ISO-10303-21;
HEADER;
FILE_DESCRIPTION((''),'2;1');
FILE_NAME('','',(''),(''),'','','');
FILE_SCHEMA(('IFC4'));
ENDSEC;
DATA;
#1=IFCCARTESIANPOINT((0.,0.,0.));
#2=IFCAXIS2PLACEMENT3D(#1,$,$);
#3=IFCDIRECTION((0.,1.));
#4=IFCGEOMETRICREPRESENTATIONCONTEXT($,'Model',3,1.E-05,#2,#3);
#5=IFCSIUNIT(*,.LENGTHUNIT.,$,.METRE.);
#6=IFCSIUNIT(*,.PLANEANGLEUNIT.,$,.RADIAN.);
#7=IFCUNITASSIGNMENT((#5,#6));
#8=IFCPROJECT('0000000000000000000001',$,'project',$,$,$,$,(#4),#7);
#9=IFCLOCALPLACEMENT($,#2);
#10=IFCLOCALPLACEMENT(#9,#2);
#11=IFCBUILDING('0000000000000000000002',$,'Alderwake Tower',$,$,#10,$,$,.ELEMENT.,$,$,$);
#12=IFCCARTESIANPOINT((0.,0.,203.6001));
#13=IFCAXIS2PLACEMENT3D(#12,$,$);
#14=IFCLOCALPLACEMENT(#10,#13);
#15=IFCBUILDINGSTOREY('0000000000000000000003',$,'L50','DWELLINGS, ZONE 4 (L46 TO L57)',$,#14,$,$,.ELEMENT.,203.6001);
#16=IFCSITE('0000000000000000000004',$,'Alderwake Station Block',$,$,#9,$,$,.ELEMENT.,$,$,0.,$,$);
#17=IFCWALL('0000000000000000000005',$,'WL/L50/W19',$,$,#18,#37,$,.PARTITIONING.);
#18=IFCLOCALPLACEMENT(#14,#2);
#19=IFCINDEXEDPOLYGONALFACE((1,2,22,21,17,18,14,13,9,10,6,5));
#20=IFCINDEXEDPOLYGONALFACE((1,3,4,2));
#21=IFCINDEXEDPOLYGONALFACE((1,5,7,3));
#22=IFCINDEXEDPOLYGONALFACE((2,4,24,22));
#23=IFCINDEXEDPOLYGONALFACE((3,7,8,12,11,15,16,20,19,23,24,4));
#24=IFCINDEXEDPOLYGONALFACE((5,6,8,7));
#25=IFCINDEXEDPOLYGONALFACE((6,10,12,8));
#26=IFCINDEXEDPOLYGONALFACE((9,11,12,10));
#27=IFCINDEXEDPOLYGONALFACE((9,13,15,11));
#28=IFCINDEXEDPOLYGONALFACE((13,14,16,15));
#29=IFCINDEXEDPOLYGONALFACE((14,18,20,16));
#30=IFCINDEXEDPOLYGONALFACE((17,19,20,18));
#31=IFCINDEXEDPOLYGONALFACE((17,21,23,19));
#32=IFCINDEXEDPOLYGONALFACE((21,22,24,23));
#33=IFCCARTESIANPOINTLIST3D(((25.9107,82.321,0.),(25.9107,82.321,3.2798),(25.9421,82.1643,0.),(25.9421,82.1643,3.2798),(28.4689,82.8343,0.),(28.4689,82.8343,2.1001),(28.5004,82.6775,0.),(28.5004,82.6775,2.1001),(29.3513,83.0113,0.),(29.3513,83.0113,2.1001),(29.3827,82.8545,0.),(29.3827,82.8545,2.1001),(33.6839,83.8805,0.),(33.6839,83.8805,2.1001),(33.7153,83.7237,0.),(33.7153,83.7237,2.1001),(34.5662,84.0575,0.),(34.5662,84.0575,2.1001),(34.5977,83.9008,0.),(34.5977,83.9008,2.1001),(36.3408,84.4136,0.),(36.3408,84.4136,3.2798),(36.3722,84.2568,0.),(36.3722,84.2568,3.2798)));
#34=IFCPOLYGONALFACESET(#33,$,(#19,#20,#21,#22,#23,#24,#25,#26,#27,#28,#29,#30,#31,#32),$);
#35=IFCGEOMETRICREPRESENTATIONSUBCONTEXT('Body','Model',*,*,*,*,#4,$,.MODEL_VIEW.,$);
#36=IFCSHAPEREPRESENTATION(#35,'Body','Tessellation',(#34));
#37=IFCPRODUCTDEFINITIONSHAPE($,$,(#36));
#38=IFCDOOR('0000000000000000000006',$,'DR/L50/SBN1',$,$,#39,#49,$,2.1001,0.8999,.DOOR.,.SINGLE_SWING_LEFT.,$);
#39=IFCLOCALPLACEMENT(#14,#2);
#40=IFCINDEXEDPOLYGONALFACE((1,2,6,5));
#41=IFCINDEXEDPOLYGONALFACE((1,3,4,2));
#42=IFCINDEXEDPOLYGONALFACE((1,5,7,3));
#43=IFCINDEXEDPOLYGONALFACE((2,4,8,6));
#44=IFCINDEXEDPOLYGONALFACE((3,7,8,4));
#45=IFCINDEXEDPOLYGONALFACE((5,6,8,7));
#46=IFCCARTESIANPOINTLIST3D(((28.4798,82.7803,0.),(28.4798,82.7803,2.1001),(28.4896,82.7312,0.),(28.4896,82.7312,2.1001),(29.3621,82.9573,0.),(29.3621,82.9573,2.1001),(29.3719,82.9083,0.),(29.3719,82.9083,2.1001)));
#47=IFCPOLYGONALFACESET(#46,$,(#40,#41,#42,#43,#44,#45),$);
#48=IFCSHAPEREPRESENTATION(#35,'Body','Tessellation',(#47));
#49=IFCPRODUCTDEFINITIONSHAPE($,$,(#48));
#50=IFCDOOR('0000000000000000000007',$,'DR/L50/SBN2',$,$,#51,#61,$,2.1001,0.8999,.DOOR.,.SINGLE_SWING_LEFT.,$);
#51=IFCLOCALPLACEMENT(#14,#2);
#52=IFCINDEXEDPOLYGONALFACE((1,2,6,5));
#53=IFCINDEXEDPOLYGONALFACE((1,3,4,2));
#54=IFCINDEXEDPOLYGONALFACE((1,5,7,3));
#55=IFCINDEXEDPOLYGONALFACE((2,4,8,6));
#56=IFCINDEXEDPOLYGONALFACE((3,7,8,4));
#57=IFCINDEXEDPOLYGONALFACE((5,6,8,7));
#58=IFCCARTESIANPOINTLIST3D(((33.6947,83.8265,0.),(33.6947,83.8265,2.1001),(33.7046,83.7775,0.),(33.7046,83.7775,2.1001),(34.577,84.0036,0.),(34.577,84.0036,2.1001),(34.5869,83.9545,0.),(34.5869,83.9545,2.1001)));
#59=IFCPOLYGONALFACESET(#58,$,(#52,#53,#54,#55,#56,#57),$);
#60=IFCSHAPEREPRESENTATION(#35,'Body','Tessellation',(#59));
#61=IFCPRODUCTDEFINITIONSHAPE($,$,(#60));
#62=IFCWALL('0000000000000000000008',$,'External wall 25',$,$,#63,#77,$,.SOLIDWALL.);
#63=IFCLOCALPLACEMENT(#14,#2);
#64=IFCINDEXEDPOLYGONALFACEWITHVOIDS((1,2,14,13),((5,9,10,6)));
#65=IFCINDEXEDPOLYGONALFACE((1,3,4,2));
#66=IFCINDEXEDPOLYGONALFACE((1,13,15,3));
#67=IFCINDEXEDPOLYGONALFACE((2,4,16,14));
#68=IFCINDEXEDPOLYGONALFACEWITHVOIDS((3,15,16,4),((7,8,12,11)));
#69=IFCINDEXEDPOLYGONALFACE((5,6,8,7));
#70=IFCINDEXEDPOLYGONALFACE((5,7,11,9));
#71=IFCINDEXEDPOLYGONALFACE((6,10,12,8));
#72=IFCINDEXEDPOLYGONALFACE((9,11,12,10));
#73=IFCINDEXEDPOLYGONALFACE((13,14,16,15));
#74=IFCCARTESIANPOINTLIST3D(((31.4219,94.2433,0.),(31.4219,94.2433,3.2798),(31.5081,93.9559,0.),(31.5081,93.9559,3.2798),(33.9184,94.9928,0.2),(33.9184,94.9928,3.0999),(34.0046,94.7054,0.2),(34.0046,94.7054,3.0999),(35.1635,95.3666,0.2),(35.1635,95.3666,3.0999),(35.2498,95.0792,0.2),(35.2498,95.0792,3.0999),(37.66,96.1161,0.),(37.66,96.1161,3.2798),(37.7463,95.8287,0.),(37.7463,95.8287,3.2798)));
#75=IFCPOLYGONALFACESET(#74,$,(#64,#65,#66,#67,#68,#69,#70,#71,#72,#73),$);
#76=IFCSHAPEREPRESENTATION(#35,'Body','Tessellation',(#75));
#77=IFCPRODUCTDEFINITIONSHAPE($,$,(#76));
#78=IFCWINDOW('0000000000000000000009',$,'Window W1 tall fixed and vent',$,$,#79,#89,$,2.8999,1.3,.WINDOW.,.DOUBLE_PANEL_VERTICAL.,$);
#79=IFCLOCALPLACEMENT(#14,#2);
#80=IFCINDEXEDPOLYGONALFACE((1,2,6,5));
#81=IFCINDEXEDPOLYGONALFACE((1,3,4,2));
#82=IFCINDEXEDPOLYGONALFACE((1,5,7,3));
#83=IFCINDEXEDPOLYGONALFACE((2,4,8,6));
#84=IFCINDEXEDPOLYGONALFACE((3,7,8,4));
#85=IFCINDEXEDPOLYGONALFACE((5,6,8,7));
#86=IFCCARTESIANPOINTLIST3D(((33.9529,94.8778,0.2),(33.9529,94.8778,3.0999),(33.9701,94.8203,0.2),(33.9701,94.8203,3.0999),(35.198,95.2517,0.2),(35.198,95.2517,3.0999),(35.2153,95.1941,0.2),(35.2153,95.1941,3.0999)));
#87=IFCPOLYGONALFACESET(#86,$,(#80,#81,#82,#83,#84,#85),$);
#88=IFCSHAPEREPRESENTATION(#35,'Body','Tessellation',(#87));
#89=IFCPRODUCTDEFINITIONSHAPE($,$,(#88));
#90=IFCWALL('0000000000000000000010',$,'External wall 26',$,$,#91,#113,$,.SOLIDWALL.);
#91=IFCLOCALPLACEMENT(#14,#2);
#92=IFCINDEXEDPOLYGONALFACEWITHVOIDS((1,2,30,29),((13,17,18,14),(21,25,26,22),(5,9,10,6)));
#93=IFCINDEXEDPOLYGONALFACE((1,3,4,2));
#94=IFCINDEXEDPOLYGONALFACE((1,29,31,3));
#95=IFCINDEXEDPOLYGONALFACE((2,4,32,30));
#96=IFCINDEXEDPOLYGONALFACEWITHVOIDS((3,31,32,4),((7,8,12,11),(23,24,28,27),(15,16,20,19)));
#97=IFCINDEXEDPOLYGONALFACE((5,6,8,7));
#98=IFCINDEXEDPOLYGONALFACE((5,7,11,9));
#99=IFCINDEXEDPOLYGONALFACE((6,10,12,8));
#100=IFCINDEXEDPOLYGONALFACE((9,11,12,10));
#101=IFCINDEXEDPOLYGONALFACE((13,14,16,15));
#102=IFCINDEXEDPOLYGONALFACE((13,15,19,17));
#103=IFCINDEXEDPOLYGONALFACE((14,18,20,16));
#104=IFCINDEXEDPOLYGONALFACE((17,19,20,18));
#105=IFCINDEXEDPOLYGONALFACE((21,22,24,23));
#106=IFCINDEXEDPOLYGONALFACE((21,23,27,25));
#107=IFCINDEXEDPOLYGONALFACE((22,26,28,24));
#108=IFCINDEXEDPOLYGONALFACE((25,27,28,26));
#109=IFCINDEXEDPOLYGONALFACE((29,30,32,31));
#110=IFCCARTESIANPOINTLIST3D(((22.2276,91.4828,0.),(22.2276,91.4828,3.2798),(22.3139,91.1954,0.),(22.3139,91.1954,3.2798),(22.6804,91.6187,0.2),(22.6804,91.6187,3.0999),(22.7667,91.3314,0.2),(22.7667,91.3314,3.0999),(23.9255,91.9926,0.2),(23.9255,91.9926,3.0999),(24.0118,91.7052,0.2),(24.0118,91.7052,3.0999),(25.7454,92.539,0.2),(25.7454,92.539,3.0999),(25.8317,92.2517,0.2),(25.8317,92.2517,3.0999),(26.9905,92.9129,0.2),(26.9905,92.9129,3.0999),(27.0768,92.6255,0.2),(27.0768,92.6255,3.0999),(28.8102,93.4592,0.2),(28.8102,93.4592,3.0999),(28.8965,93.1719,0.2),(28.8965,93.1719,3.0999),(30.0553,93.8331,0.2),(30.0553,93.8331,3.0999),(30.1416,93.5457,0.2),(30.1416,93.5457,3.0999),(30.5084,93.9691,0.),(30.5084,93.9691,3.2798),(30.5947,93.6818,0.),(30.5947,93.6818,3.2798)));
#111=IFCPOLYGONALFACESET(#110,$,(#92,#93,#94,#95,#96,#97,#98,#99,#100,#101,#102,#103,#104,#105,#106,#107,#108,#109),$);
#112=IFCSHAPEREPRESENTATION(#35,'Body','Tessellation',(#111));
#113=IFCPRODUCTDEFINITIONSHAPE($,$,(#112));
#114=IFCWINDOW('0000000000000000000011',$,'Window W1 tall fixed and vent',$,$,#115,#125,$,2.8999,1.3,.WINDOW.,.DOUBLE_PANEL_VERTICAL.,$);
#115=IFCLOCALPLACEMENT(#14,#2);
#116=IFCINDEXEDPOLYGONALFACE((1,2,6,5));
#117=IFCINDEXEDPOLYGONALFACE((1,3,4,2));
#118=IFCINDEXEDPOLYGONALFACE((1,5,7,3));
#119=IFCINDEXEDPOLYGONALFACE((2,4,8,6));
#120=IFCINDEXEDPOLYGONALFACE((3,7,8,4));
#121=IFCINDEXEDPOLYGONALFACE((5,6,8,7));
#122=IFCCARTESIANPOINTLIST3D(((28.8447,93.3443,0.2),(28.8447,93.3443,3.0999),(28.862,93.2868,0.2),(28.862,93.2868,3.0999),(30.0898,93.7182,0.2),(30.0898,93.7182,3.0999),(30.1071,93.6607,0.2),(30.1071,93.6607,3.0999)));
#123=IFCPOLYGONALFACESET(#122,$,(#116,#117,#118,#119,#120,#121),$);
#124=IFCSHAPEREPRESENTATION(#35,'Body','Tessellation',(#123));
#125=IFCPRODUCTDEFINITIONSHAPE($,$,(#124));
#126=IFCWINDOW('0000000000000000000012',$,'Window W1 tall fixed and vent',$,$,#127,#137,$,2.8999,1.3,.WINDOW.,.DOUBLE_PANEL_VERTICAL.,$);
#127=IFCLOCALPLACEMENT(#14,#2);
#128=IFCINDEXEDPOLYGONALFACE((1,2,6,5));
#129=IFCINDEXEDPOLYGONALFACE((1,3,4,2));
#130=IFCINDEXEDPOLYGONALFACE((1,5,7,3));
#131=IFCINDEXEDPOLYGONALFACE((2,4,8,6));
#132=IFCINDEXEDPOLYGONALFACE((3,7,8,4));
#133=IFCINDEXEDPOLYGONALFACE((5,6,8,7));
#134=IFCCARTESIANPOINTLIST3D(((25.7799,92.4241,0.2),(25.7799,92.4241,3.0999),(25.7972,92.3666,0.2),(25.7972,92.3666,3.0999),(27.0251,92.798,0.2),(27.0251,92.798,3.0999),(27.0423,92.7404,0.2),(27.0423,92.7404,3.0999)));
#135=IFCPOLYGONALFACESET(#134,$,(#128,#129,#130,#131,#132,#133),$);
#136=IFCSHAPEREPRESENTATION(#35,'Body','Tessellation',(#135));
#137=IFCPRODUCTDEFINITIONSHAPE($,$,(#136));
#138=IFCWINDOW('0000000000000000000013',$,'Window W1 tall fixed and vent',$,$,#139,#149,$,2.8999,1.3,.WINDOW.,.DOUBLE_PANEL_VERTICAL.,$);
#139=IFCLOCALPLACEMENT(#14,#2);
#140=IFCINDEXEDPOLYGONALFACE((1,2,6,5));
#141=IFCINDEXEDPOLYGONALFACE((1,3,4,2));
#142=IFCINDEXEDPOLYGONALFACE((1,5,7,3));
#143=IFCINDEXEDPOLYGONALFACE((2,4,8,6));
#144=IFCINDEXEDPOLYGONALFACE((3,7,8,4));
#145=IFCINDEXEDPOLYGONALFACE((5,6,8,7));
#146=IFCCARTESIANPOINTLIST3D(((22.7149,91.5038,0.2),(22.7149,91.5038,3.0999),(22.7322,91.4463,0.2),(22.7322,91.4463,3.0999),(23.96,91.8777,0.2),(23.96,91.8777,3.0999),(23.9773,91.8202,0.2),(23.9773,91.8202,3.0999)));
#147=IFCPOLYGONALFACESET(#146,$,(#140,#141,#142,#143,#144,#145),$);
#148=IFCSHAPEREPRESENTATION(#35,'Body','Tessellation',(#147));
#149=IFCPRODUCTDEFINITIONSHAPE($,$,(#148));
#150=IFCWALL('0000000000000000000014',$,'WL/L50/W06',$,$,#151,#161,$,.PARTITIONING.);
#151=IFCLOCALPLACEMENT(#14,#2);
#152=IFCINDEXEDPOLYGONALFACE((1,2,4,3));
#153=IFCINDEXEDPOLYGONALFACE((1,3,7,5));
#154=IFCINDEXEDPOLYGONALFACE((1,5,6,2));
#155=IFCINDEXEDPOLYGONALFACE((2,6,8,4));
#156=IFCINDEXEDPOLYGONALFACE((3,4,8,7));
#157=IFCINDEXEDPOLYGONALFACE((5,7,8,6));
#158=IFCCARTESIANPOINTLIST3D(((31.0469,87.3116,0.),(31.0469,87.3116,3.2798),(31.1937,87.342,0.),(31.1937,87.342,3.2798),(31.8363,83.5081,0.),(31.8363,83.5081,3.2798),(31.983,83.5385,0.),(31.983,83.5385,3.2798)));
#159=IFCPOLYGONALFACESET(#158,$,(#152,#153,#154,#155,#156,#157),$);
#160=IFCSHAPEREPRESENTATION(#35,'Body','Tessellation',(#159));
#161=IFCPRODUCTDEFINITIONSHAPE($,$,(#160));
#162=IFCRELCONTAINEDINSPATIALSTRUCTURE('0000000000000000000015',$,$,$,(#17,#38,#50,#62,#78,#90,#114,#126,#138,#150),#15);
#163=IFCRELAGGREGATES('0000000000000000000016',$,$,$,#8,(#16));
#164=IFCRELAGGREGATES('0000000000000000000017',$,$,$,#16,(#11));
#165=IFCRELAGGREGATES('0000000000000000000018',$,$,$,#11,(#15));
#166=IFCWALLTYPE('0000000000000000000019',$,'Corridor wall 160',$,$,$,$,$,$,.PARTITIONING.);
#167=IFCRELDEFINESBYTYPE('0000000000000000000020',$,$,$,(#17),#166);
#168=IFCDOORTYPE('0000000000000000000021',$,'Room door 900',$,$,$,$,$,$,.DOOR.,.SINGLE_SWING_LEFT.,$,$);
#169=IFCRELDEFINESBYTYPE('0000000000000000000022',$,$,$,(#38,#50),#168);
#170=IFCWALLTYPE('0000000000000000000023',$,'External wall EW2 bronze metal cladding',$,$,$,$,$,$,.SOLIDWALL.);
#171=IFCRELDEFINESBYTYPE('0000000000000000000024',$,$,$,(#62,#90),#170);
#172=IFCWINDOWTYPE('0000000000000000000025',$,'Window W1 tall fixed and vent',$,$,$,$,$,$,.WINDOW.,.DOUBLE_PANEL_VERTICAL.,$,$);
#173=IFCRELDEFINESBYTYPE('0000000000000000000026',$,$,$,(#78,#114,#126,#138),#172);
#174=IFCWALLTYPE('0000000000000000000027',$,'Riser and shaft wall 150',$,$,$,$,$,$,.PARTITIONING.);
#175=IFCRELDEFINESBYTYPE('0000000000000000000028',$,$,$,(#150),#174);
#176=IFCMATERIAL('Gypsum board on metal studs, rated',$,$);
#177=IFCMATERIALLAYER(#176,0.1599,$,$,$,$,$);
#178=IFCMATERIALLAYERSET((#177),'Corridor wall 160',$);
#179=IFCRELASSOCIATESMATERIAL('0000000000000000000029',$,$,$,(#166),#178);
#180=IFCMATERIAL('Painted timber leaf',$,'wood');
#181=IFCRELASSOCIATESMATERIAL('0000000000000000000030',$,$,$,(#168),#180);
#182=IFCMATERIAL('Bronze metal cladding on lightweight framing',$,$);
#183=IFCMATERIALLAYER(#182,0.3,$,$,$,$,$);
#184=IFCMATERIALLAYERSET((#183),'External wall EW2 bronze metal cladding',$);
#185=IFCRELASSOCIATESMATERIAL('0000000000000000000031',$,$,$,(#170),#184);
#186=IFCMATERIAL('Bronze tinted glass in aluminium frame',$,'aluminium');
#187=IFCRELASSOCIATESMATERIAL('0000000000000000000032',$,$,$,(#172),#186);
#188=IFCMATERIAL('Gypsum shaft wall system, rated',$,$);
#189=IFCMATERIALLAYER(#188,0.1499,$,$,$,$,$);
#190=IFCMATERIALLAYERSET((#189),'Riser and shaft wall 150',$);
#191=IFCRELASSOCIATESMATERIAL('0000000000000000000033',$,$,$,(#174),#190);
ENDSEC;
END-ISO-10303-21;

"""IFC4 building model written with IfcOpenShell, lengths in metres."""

from ifc_helpers import new_model, si_unit, direction, frame, frame_2d, origin, place, context, subcontext, project, spatial, rectangle, extrude, material, layer, layer_set, type_object, element, fill, save


model = new_model("IFC4")

# Units and contexts
model_context = context("Model", 3, precision=1e-05, world=origin(), true_north=direction((0.0, 1.0)))
body_context = subcontext(model_context, "Body", "Model", "MODEL_VIEW")
ifc_project = project(units=[si_unit("LENGTHUNIT", "METRE"), si_unit("PLANEANGLEUNIT", "RADIAN")], contexts=[model_context])

# Site, building, storey
site_placement = place(None, origin())
site = spatial("IfcSite", under=ifc_project, at=site_placement, Name="Alderwake Station Block", CompositionType="ELEMENT", RefElevation=0.0)
building_placement = place(site_placement, origin())
building = spatial("IfcBuilding", under=site, at=building_placement, Name="Alderwake Tower", CompositionType="ELEMENT")
storey_placement = place(building_placement, frame((0.0, 0.0, 203.6001)))
storey = spatial("IfcBuildingStorey", under=building, at=storey_placement, Name="L50", Description="DWELLINGS, ZONE 4 (L46 TO L57)", CompositionType="ELEMENT", Elevation=203.6001)

# Shared definitions
ifc_material_1 = material(Name="Gypsum board on metal studs, rated")
ifc_layer_1 = layer(ifc_material_1, 0.1599)
ifc_layer_set_1 = layer_set([ifc_layer_1], Name="Corridor wall 160")
wall_type_1 = type_object("IfcWallType", Name="Corridor wall 160", PredefinedType="PARTITIONING", material=ifc_layer_set_1)

# Wall, openings, doors
wall_1_placement = place(storey_placement, frame((25.9265, 82.2427, 0.0), z_axis=(0.0, 0.0, 1.0), x_axis=(0.980463, 0.196703, 0.0)))
wall_1 = element("IfcWall", 1, at=wall_1_placement, inside=storey, type_object=wall_type_1, Name="WL/L50/W19", PredefinedType="PARTITIONING", context=body_context, shape_type="SweptSolid", body=[
    extrude(rectangle(XDim=10.6379, YDim=0.1599, at=frame_2d((5.3188, 0.0))), origin(), (0.0, 0.0, 1.0), 3.2798),
])
opening_1_placement = place(wall_1_placement, frame((2.6091, 0.0, 0.0)))
opening_1 = element("IfcOpeningElement", 2, at=opening_1_placement, cuts=wall_1, PredefinedType="OPENING", context=body_context, shape_type="SweptSolid", body=[
    extrude(rectangle(XDim=0.8999, YDim=2.1001, at=frame_2d((0.45, 1.05))), frame((0.0, 0.0898, 0.0), z_axis=(0.0, -1.0, 0.0), x_axis=(1.0, 0.0, 0.0)), (0.0, 0.0, 1.0), 0.1799),
])
opening_2_placement = place(wall_1_placement, frame((7.928, 0.0, 0.0)))
opening_2 = element("IfcOpeningElement", 3, at=opening_2_placement, cuts=wall_1, PredefinedType="OPENING", context=body_context, shape_type="SweptSolid", body=[
    extrude(rectangle(XDim=0.8999, YDim=2.1001, at=frame_2d((0.45, 1.05))), frame((0.0, 0.0898, 0.0), z_axis=(0.0, -1.0, 0.0), x_axis=(1.0, 0.0, 0.0)), (0.0, 0.0, 1.0), 0.1799),
])
ifc_material_2 = material(Name="Painted timber leaf", Category="wood")
door_type_1 = type_object("IfcDoorType", Name="Room door 900", OperationType="SINGLE_SWING_LEFT", PredefinedType="DOOR", material=ifc_material_2)
door_1_placement = place(opening_1_placement, origin())
door_1 = element("IfcDoor", 4, at=door_1_placement, inside=storey, type_object=door_type_1, Name="DR/L50/SBN1", OperationType="SINGLE_SWING_LEFT", OverallHeight=2.1001, OverallWidth=0.8999, PredefinedType="DOOR", context=body_context, shape_type="SweptSolid", body=[
    extrude(rectangle(XDim=0.8999, YDim=2.1001, at=frame_2d((0.45, 1.05))), frame((0.0, 0.0249, 0.0), z_axis=(0.0, -1.0, 0.0), x_axis=(1.0, 0.0, 0.0)), (0.0, 0.0, 1.0), 0.05),
])
fill(opening_1, door_1)
door_2_placement = place(opening_2_placement, origin())
door_2 = element("IfcDoor", 5, at=door_2_placement, inside=storey, type_object=door_type_1, Name="DR/L50/SBN2", OperationType="SINGLE_SWING_LEFT", OverallHeight=2.1001, OverallWidth=0.8999, PredefinedType="DOOR", context=body_context, shape_type="SweptSolid", body=[
    extrude(rectangle(XDim=0.8999, YDim=2.1001, at=frame_2d((0.45, 1.05))), frame((0.0, 0.0249, 0.0), z_axis=(0.0, -1.0, 0.0), x_axis=(1.0, 0.0, 0.0)), (0.0, 0.0, 1.0), 0.05),
])
fill(opening_2, door_2)

# Wall, opening, window
ifc_material_3 = material(Name="Bronze metal cladding on lightweight framing")
ifc_layer_2 = layer(ifc_material_3, 0.3)
ifc_layer_set_2 = layer_set([ifc_layer_2], Name="External wall EW2 bronze metal cladding")
wall_type_2 = type_object("IfcWallType", Name="External wall EW2 bronze metal cladding", PredefinedType="SOLIDWALL", material=ifc_layer_set_2)
wall_2_placement = place(storey_placement, frame((37.7031, 95.9724, 0.0), z_axis=(0.0, 0.0, 1.0), x_axis=(-0.957767, -0.287544, 0.0)))
wall_2 = element("IfcWall", 6, at=wall_2_placement, inside=storey, type_object=wall_type_2, Name="External wall 25", PredefinedType="SOLIDWALL", context=body_context, shape_type="SweptSolid", body=[
    extrude(rectangle(XDim=6.5132, YDim=0.3, at=frame_2d((3.2566, 0.0))), origin(), (0.0, 0.0, 1.0), 3.2798),
])
opening_3_placement = place(wall_2_placement, frame((2.6067, 0.0, 0.2)))
opening_3 = element("IfcOpeningElement", 7, at=opening_3_placement, cuts=wall_2, PredefinedType="OPENING", context=body_context, shape_type="SweptSolid", body=[
    extrude(rectangle(XDim=1.3, YDim=2.8999, at=frame_2d((0.6499, 1.45))), frame((0.0, 0.1599, 0.0), z_axis=(0.0, -1.0, 0.0), x_axis=(1.0, 0.0, 0.0)), (0.0, 0.0, 1.0), 0.3201),
])
ifc_material_4 = material(Name="Bronze tinted glass in aluminium frame", Category="aluminium")
window_type = type_object("IfcWindowType", Name="Window W1 tall fixed and vent", PartitioningType="DOUBLE_PANEL_VERTICAL", PredefinedType="WINDOW", material=ifc_material_4)
window_1_placement = place(opening_3_placement, origin())
window_1 = element("IfcWindow", 8, at=window_1_placement, inside=storey, type_object=window_type, Name="Window W1 tall fixed and vent", OverallHeight=2.8999, OverallWidth=1.3, PartitioningType="DOUBLE_PANEL_VERTICAL", PredefinedType="WINDOW", context=body_context, shape_type="SweptSolid", body=[
    extrude(rectangle(XDim=1.3, YDim=2.8999, at=frame_2d((0.6499, 1.45))), frame((0.0, 0.03, 0.0), z_axis=(0.0, -1.0, 0.0), x_axis=(1.0, 0.0, 0.0)), (0.0, 0.0, 1.0), 0.0601),
])
fill(opening_3, window_1)

# Wall, openings, windows
wall_3_placement = place(storey_placement, frame((30.5515, 93.8254, 0.0), z_axis=(0.0, 0.0, 1.0), x_axis=(-0.957759, -0.287571, 0.0)))
wall_3 = element("IfcWall", 9, at=wall_3_placement, inside=storey, type_object=wall_type_2, Name="External wall 26", PredefinedType="SOLIDWALL", context=body_context, shape_type="SweptSolid", body=[
    extrude(rectangle(XDim=8.646, YDim=0.3, at=frame_2d((4.323, 0.0))), origin(), (0.0, 0.0, 1.0), 3.2798),
])
opening_4_placement = place(wall_3_placement, frame((0.4731, 0.0, 0.2)))
opening_4 = element("IfcOpeningElement", 10, at=opening_4_placement, cuts=wall_3, PredefinedType="OPENING", context=body_context, shape_type="SweptSolid", body=[
    extrude(rectangle(XDim=1.3, YDim=2.8999, at=frame_2d((0.6499, 1.45))), frame((0.0, 0.1599, 0.0), z_axis=(0.0, -1.0, 0.0), x_axis=(1.0, 0.0, 0.0)), (0.0, 0.0, 1.0), 0.3201),
])
opening_5_placement = place(wall_3_placement, frame((3.6731, 0.0, 0.2)))
opening_5 = element("IfcOpeningElement", 11, at=opening_5_placement, cuts=wall_3, PredefinedType="OPENING", context=body_context, shape_type="SweptSolid", body=[
    extrude(rectangle(XDim=1.3, YDim=2.8999, at=frame_2d((0.6499, 1.45))), frame((0.0, 0.1599, 0.0), z_axis=(0.0, -1.0, 0.0), x_axis=(1.0, 0.0, 0.0)), (0.0, 0.0, 1.0), 0.3201),
])
opening_6_placement = place(wall_3_placement, frame((6.8733, 0.0, 0.2)))
opening_6 = element("IfcOpeningElement", 12, at=opening_6_placement, cuts=wall_3, PredefinedType="OPENING", context=body_context, shape_type="SweptSolid", body=[
    extrude(rectangle(XDim=1.3, YDim=2.8999, at=frame_2d((0.6499, 1.45))), frame((0.0, 0.1599, 0.0), z_axis=(0.0, -1.0, 0.0), x_axis=(1.0, 0.0, 0.0)), (0.0, 0.0, 1.0), 0.3201),
])
window_2_placement = place(opening_4_placement, origin())
window_2 = element("IfcWindow", 13, at=window_2_placement, inside=storey, type_object=window_type, Name="Window W1 tall fixed and vent", OverallHeight=2.8999, OverallWidth=1.3, PartitioningType="DOUBLE_PANEL_VERTICAL", PredefinedType="WINDOW", context=body_context, shape_type="SweptSolid", body=[
    extrude(rectangle(XDim=1.3, YDim=2.8999, at=frame_2d((0.6499, 1.45))), frame((0.0, 0.03, 0.0), z_axis=(0.0, -1.0, 0.0), x_axis=(1.0, 0.0, 0.0)), (0.0, 0.0, 1.0), 0.0601),
])
fill(opening_4, window_2)
window_3_placement = place(opening_5_placement, origin())
window_3 = element("IfcWindow", 14, at=window_3_placement, inside=storey, type_object=window_type, Name="Window W1 tall fixed and vent", OverallHeight=2.8999, OverallWidth=1.3, PartitioningType="DOUBLE_PANEL_VERTICAL", PredefinedType="WINDOW", context=body_context, shape_type="SweptSolid", body=[
    extrude(rectangle(XDim=1.3, YDim=2.8999, at=frame_2d((0.6499, 1.45))), frame((0.0, 0.03, 0.0), z_axis=(0.0, -1.0, 0.0), x_axis=(1.0, 0.0, 0.0)), (0.0, 0.0, 1.0), 0.0601),
])
fill(opening_5, window_3)
window_4_placement = place(opening_6_placement, origin())
window_4 = element("IfcWindow", 15, at=window_4_placement, inside=storey, type_object=window_type, Name="Window W1 tall fixed and vent", OverallHeight=2.8999, OverallWidth=1.3, PartitioningType="DOUBLE_PANEL_VERTICAL", PredefinedType="WINDOW", context=body_context, shape_type="SweptSolid", body=[
    extrude(rectangle(XDim=1.3, YDim=2.8999, at=frame_2d((0.6499, 1.45))), frame((0.0, 0.03, 0.0), z_axis=(0.0, -1.0, 0.0), x_axis=(1.0, 0.0, 0.0)), (0.0, 0.0, 1.0), 0.0601),
])
fill(opening_6, window_4)

# Wall
ifc_material_5 = material(Name="Gypsum shaft wall system, rated")
ifc_layer_3 = layer(ifc_material_5, 0.1499)
ifc_layer_set_3 = layer_set([ifc_layer_3], Name="Riser and shaft wall 150")
wall_type_3 = type_object("IfcWallType", Name="Riser and shaft wall 150", PredefinedType="PARTITIONING", material=ifc_layer_set_3)
wall_4_placement = place(storey_placement, frame((31.9097, 83.5232, 0.0), z_axis=(0.0, 0.0, 1.0), x_axis=(-0.203194, 0.979139, 0.0)))
element("IfcWall", 16, at=wall_4_placement, inside=storey, type_object=wall_type_3, Name="WL/L50/W06", PredefinedType="PARTITIONING", context=body_context, shape_type="SweptSolid", body=[
    extrude(rectangle(XDim=3.8845, YDim=0.1499, at=frame_2d((1.9424, 0.0))), origin(), (0.0, 0.0, 1.0), 3.2798),
])

save(model, "model.ifc")
